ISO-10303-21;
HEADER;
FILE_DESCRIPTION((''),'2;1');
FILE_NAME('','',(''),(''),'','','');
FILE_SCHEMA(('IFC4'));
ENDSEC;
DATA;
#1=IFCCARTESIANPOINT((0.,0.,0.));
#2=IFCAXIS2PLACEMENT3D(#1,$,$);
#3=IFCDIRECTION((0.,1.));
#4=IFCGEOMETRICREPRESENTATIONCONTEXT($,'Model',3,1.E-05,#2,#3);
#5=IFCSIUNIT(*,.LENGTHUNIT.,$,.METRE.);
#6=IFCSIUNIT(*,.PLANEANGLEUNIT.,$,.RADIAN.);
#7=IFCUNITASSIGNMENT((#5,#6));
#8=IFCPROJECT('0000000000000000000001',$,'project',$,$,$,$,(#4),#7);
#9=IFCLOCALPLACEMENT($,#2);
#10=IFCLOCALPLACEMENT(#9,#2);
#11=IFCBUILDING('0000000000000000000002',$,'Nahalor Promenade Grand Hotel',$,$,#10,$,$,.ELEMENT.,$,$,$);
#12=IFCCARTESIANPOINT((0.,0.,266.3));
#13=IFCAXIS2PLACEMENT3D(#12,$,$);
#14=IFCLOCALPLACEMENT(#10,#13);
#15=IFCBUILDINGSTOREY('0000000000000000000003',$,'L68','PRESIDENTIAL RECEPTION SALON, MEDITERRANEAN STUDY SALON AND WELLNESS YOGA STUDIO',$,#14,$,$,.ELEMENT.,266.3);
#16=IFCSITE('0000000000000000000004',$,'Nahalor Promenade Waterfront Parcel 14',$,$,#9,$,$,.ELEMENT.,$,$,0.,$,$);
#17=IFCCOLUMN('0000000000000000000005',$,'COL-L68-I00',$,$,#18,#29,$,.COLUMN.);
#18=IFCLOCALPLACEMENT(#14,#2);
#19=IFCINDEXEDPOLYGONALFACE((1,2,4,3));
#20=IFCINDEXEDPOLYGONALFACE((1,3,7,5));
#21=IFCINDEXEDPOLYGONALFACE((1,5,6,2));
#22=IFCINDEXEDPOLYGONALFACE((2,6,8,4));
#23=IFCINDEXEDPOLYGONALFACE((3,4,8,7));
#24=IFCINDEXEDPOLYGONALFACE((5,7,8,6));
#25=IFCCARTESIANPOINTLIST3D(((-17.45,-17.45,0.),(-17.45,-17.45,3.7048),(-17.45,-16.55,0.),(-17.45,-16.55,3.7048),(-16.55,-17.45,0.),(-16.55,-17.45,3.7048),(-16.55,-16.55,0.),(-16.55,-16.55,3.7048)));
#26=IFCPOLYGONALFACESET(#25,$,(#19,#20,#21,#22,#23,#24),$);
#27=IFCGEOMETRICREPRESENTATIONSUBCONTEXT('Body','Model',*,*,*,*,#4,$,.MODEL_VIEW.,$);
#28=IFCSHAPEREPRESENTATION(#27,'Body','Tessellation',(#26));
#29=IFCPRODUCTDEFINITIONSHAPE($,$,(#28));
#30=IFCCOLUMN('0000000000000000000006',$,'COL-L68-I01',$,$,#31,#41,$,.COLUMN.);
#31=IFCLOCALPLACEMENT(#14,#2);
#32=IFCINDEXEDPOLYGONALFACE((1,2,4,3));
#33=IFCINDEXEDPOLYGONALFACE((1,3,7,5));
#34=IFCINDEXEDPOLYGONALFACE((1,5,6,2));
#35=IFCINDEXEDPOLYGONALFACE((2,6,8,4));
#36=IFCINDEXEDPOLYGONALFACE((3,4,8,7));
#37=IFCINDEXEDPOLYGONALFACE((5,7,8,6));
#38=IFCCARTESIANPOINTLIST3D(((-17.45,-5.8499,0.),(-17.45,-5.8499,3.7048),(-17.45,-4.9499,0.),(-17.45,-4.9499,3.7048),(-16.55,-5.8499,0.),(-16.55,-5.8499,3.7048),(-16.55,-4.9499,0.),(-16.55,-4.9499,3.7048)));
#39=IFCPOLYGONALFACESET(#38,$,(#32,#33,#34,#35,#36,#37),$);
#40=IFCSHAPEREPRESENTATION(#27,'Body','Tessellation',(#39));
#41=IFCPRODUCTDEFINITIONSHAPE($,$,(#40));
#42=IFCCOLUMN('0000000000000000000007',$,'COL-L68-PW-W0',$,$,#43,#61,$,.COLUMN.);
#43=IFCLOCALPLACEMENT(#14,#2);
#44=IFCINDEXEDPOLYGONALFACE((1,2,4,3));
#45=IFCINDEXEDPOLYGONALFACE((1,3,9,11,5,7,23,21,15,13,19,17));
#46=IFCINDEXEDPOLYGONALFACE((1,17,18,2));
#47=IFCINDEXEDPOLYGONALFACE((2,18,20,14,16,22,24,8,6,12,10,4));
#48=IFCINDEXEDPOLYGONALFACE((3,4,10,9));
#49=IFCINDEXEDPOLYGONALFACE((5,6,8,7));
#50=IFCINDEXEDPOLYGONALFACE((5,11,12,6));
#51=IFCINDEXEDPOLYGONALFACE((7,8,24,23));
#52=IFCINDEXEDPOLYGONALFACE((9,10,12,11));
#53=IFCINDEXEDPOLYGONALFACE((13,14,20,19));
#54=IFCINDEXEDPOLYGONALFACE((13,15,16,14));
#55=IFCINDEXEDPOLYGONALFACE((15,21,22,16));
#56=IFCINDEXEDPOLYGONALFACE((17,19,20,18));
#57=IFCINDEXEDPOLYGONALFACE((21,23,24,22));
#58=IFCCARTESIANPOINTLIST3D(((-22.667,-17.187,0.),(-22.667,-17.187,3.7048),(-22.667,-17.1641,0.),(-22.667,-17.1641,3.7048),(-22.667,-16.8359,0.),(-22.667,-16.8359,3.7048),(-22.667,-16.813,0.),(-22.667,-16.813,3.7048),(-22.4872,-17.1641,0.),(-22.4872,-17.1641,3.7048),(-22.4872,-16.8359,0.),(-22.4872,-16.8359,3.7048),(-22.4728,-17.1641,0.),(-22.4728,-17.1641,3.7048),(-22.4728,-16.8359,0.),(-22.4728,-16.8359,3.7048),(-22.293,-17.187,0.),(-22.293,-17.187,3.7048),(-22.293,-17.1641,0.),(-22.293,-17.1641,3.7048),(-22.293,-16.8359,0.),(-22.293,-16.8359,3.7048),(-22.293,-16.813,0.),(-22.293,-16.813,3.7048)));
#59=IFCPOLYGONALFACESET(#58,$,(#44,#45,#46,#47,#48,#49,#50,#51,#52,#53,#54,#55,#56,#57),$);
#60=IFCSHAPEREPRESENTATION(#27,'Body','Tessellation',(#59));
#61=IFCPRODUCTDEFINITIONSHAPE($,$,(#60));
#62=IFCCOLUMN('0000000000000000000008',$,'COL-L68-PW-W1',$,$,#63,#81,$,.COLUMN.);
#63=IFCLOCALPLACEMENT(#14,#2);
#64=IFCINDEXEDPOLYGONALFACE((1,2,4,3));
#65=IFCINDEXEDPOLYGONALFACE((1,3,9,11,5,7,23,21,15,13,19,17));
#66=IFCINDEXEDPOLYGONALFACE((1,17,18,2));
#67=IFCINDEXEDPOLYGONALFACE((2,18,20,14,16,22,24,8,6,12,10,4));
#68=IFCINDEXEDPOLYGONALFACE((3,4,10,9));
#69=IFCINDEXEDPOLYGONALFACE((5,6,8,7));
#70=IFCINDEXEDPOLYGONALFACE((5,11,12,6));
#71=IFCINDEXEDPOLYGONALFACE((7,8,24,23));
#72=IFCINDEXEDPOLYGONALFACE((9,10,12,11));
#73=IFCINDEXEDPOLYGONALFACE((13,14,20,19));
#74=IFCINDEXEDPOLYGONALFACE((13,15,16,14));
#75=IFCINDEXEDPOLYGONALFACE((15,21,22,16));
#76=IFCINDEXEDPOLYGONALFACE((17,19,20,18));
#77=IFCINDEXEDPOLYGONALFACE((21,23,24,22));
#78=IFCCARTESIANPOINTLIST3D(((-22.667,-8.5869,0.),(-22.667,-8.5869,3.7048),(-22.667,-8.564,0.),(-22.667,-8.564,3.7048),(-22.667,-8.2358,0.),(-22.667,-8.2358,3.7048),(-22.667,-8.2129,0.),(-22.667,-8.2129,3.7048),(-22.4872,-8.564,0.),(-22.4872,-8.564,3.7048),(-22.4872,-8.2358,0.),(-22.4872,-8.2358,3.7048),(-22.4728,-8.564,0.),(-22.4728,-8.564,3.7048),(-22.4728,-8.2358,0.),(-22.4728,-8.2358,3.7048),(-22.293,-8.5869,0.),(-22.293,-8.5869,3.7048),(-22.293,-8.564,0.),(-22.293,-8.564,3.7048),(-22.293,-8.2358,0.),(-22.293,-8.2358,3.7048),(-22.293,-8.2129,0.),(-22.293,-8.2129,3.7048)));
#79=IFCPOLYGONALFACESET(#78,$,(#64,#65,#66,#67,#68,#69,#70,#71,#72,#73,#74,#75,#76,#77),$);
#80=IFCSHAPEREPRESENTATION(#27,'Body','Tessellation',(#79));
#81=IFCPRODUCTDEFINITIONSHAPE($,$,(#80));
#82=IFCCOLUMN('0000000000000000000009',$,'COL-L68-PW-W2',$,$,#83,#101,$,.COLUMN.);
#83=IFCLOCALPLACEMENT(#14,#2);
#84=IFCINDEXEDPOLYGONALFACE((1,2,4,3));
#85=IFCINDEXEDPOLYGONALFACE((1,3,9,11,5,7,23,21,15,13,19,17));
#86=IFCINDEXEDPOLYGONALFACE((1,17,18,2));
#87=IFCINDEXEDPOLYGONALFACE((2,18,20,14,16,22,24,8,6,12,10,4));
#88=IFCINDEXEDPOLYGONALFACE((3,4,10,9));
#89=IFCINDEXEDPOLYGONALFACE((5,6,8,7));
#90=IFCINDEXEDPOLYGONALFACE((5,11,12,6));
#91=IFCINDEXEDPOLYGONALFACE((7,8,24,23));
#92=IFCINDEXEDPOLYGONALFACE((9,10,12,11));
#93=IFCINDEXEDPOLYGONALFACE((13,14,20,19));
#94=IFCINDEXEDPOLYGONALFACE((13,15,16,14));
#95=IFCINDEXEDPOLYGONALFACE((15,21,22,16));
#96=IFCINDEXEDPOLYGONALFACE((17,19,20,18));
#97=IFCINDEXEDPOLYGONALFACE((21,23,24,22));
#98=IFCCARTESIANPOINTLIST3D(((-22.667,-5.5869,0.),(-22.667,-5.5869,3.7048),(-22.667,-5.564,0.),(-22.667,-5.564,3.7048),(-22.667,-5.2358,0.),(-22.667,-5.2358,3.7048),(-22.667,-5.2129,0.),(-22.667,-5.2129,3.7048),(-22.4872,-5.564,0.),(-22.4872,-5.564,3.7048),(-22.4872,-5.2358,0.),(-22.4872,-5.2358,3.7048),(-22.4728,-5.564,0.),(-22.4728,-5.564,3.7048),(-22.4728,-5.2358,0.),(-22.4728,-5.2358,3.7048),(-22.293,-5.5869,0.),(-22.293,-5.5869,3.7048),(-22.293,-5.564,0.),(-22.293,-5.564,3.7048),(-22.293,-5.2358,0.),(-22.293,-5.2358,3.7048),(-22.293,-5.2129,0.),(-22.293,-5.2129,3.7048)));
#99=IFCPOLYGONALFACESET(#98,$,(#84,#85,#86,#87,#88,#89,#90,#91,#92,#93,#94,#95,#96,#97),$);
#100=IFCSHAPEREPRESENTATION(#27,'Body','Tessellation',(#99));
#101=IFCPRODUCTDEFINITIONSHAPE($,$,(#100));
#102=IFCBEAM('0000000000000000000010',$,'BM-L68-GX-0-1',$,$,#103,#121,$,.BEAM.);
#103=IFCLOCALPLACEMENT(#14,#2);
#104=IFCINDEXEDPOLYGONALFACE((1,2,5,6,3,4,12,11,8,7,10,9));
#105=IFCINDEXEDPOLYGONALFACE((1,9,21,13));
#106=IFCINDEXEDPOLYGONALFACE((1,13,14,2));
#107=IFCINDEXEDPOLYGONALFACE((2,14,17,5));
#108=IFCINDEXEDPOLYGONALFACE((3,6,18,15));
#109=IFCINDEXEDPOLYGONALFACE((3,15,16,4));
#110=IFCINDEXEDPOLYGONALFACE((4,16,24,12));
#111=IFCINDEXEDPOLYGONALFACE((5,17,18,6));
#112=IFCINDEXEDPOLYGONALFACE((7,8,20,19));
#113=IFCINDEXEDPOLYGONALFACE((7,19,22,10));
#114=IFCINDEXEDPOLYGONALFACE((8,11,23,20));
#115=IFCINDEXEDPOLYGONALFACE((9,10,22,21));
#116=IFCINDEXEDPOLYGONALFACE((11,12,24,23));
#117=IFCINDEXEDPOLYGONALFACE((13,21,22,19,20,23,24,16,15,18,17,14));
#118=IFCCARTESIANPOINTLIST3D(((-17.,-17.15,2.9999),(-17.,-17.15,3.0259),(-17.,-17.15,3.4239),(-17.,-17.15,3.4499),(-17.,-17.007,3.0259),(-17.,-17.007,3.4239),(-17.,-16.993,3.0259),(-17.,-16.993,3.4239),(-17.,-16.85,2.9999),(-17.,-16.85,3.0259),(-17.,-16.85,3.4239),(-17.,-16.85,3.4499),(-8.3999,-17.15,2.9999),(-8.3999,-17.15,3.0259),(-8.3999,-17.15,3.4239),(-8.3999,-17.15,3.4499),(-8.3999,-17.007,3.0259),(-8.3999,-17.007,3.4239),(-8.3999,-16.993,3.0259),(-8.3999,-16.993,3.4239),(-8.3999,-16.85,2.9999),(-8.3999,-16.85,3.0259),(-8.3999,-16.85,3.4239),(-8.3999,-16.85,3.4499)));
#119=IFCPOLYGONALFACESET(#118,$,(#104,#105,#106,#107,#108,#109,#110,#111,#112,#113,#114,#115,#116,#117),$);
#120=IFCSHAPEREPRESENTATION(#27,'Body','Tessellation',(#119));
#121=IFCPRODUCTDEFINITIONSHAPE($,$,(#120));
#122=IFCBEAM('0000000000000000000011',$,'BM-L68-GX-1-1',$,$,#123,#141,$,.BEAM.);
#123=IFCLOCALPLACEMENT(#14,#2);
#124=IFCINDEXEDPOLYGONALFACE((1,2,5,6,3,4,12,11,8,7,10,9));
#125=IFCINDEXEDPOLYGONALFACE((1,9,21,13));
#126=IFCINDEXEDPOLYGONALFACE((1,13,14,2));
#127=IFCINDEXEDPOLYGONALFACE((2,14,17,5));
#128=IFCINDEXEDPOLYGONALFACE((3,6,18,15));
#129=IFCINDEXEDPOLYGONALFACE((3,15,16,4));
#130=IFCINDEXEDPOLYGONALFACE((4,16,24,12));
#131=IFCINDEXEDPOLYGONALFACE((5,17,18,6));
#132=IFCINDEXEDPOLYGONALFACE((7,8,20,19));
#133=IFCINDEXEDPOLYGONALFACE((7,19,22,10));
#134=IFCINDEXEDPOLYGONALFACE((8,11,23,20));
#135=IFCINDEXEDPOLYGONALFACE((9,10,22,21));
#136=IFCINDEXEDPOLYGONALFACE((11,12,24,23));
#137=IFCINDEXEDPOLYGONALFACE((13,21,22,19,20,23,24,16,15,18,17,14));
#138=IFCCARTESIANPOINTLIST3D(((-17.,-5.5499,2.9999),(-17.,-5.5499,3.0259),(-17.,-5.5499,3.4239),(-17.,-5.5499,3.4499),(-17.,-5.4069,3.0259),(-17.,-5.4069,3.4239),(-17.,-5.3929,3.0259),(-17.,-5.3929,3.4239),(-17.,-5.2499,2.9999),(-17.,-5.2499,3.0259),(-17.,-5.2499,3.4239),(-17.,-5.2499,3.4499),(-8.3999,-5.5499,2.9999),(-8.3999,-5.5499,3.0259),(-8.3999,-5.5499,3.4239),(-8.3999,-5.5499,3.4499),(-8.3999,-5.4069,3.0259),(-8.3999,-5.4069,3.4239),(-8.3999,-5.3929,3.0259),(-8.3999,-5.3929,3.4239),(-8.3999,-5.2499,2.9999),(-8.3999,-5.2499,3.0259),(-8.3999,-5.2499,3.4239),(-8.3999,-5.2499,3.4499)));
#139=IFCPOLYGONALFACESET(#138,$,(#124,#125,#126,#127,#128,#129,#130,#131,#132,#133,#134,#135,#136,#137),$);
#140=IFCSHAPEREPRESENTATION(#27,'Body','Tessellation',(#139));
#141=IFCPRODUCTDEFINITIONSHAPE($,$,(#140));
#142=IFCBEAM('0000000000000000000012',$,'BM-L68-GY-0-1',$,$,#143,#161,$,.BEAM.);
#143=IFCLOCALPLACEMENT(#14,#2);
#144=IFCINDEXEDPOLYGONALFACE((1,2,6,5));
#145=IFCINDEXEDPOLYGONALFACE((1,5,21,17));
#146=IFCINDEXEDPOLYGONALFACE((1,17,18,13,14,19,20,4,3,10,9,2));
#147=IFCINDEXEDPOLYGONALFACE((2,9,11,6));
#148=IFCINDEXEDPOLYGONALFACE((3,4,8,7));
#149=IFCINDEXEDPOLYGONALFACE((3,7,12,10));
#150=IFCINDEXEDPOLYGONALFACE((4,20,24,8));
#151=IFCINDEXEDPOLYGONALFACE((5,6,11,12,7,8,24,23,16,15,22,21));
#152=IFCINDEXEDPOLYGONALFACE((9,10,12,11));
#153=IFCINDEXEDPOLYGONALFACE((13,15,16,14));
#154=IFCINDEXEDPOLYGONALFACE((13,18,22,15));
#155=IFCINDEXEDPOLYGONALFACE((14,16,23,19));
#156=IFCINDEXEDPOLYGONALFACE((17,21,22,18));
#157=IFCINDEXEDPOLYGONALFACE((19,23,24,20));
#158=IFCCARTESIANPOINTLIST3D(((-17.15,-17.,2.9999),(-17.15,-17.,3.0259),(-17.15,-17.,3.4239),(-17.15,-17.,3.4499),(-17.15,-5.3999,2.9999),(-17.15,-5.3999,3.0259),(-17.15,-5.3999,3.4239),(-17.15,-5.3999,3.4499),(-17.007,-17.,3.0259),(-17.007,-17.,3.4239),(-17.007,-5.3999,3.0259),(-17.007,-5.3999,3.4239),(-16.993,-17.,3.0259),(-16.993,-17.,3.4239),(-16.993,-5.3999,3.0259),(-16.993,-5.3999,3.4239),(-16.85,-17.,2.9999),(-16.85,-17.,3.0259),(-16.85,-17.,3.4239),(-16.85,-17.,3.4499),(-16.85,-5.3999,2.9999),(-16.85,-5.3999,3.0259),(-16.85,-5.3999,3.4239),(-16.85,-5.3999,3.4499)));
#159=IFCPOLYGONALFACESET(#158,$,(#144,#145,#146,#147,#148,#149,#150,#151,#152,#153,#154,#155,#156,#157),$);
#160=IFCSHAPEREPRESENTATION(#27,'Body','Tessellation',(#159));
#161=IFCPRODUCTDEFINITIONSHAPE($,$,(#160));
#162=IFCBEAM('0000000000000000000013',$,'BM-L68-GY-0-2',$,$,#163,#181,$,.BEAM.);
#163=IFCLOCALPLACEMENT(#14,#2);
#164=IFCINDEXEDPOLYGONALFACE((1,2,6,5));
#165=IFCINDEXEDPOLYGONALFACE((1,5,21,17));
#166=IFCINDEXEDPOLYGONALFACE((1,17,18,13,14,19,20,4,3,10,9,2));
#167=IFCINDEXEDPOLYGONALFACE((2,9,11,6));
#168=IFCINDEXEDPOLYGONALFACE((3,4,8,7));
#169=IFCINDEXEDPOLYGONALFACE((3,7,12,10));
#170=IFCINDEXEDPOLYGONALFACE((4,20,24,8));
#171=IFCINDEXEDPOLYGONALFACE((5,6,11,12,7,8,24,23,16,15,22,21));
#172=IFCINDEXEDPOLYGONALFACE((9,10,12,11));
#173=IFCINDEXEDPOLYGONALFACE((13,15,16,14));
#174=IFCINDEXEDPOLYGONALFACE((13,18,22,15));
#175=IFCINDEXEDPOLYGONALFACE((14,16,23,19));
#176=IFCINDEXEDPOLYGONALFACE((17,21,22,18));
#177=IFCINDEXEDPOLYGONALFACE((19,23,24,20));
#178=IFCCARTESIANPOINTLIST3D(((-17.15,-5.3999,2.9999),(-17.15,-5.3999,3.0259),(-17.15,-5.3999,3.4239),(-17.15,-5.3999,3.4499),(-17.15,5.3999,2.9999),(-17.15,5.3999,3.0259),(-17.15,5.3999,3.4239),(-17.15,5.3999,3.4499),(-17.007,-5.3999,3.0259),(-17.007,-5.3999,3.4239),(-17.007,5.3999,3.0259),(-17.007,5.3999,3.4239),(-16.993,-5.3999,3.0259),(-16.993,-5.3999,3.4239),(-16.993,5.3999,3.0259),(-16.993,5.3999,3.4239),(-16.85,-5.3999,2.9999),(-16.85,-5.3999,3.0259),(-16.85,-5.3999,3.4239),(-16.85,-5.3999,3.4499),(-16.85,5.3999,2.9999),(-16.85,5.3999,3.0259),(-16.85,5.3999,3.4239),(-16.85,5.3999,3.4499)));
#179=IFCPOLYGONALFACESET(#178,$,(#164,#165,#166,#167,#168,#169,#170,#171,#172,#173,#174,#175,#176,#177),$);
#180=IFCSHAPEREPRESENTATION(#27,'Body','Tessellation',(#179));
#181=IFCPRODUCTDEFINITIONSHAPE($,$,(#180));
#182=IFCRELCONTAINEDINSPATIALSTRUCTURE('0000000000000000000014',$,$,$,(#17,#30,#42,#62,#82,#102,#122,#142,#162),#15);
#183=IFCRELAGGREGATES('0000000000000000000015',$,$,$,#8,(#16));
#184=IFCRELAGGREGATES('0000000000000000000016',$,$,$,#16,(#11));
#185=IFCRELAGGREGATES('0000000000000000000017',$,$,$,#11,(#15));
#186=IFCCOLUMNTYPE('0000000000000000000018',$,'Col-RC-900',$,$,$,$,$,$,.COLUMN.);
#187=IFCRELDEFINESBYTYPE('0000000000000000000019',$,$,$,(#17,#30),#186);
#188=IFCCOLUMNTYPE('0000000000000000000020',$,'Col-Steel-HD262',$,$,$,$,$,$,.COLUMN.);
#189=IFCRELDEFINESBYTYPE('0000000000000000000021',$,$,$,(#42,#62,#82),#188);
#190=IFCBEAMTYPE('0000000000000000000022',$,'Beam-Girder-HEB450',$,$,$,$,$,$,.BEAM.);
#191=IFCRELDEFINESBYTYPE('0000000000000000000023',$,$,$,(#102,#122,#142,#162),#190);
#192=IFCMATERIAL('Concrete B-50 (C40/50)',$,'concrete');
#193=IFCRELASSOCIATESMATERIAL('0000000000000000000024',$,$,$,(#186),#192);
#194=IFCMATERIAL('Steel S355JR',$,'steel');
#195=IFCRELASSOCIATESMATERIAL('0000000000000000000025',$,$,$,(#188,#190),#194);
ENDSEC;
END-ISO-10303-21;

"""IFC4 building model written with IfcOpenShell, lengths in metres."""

from ifc_helpers import new_model, si_unit, direction, frame, origin, origin_2d, place, context, subcontext, project, spatial, rectangle, i_section, extrude, source, transform, mapped, material, material_profile, profile_set, type_object, element, save


model = new_model("IFC4")

# Units and contexts
model_context = context("Model", 3, precision=1e-05, world=origin(), true_north=direction((0.0, 1.0)))
body_context = subcontext(model_context, "Body", "Model", "MODEL_VIEW")
ifc_project = project(units=[si_unit("LENGTHUNIT", "METRE"), si_unit("PLANEANGLEUNIT", "RADIAN")], contexts=[model_context])

# Site, building, storey
site_placement = place(None, origin())
site = spatial("IfcSite", under=ifc_project, at=site_placement, Name="Nahalor Promenade Waterfront Parcel 14", CompositionType="ELEMENT", RefElevation=0.0)
building_placement = place(site_placement, origin())
building = spatial("IfcBuilding", under=site, at=building_placement, Name="Nahalor Promenade Grand Hotel", CompositionType="ELEMENT")
storey_placement = place(building_placement, frame((0.0, 0.0, 266.3)))
storey = spatial("IfcBuildingStorey", under=building, at=storey_placement, Name="L68", Description="PRESIDENTIAL RECEPTION SALON, MEDITERRANEAN STUDY SALON AND WELLNESS YOGA STUDIO", CompositionType="ELEMENT", Elevation=266.3)

# Columns
ifc_material_1 = material(Name="Concrete B-50 (C40/50)", Category="concrete")
ifc_material_profile_1 = material_profile(ifc_material_1, rectangle(XDim=0.9, YDim=0.9, at=origin_2d()), Name="RC 900x900")
ifc_profile_set_1 = profile_set([ifc_material_profile_1], Name="Concrete B-50 (C40/50)")
column_type_1 = type_object("IfcColumnType", Name="Col-RC-900", PredefinedType="COLUMN", material=ifc_profile_set_1)
shared_shape_1 = source(origin(), body_context, "Body", "SweptSolid", [
    extrude(rectangle(XDim=0.9, YDim=0.9, at=origin_2d()), origin(), (0.0, 0.0, 1.0), 3.7048),
])
for number, where, z_axis, x_axis, name in (
    (1, (-17.0, -17.0, 0.0), (0.0, 0.0, 1.0), (1.0, 0.0, 0.0), "COL-L68-I00"),
    (2, (-17.0, -5.3999, 0.0), (0.0, 0.0, 1.0), (1.0, 0.0, 0.0), "COL-L68-I01"),
):
    element("IfcColumn", number, at=place(storey_placement, frame(where, z_axis=z_axis, x_axis=x_axis)), inside=storey, type_object=column_type_1, Name=name, PredefinedType="COLUMN", context=body_context, shape_type="MappedRepresentation", body=[
        mapped(shared_shape_1, transform((0.0, 0.0, 0.0), scale=1.0)),
    ])
ifc_material_2 = material(Name="Steel S355JR", Category="steel")
ifc_material_profile_2 = material_profile(ifc_material_2, i_section(OverallWidth=0.374, OverallDepth=0.374, WebThickness=0.0144, FlangeThickness=0.0229, at=origin_2d()), Name="HD 360x262")
ifc_profile_set_2 = profile_set([ifc_material_profile_2], Name="Steel S355JR")
column_type_2 = type_object("IfcColumnType", Name="Col-Steel-HD262", PredefinedType="COLUMN", material=ifc_profile_set_2)
shared_shape_2 = source(origin(), body_context, "Body", "SweptSolid", [
    extrude(i_section(OverallWidth=0.374, OverallDepth=0.374, WebThickness=0.0144, FlangeThickness=0.0229, at=origin_2d()), origin(), (0.0, 0.0, 1.0), 3.7048),
])
for number, where, z_axis, x_axis, name in (
    (3, (-22.48, -17.0, 0.0), (0.0, 0.0, 1.0), (1.0, 0.0, 0.0), "COL-L68-PW-W0"),
    (4, (-22.48, -8.3999, 0.0), (0.0, 0.0, 1.0), (1.0, 0.0, 0.0), "COL-L68-PW-W1"),
    (5, (-22.48, -5.3999, 0.0), (0.0, 0.0, 1.0), (1.0, 0.0, 0.0), "COL-L68-PW-W2"),
):
    element("IfcColumn", number, at=place(storey_placement, frame(where, z_axis=z_axis, x_axis=x_axis)), inside=storey, type_object=column_type_2, Name=name, PredefinedType="COLUMN", context=body_context, shape_type="MappedRepresentation", body=[
        mapped(shared_shape_2, transform((0.0, 0.0, 0.0), scale=1.0)),
    ])

# Beams
ifc_material_profile_3 = material_profile(ifc_material_2, i_section(OverallWidth=0.3, OverallDepth=0.45, WebThickness=0.014, FlangeThickness=0.026, at=origin_2d()), Name="HEB 450")
ifc_profile_set_3 = profile_set([ifc_material_profile_3], Name="Steel S355JR")
beam_type_1 = type_object("IfcBeamType", Name="Beam-Girder-HEB450", PredefinedType="BEAM", material=ifc_profile_set_3)
shared_shape_3 = source(origin(), body_context, "Body", "SweptSolid", [
    extrude(i_section(OverallWidth=0.3, OverallDepth=0.45, WebThickness=0.014, FlangeThickness=0.026, at=origin_2d()), origin(), (0.0, 0.0, 1.0), 8.6001),
])
for number, where, z_axis, x_axis, name in (
    (6, (-17.0, -17.0, 3.2249), (1.0, 0.0, 0.0), (0.0, 1.0, 0.0), "BM-L68-GX-0-1"),
    (7, (-17.0, -5.3999, 3.2249), (1.0, 0.0, 0.0), (0.0, 1.0, 0.0), "BM-L68-GX-1-1"),
):
    element("IfcBeam", number, at=place(storey_placement, frame(where, z_axis=z_axis, x_axis=x_axis)), inside=storey, type_object=beam_type_1, Name=name, PredefinedType="BEAM", context=body_context, shape_type="MappedRepresentation", body=[
        mapped(shared_shape_3, transform((0.0, 0.0, 0.0), scale=1.0)),
    ])
shared_shape_4 = source(origin(), body_context, "Body", "SweptSolid", [
    extrude(i_section(OverallWidth=0.3, OverallDepth=0.45, WebThickness=0.014, FlangeThickness=0.026, at=origin_2d()), origin(), (0.0, 0.0, 1.0), 11.6001),
])
beam_1_placement = place(storey_placement, frame((-17.0, -17.0, 3.2249), z_axis=(0.0, 1.0, 0.0), x_axis=(-1.0, 0.0, 0.0)))
element("IfcBeam", 8, at=beam_1_placement, inside=storey, type_object=beam_type_1, Name="BM-L68-GY-0-1", PredefinedType="BEAM", context=body_context, shape_type="MappedRepresentation", body=[
    mapped(shared_shape_4, transform((0.0, 0.0, 0.0), scale=1.0)),
])
shared_shape_5 = source(origin(), body_context, "Body", "SweptSolid", [
    extrude(i_section(OverallWidth=0.3, OverallDepth=0.45, WebThickness=0.014, FlangeThickness=0.026, at=origin_2d()), origin(), (0.0, 0.0, 1.0), 10.7998),
])
beam_2_placement = place(storey_placement, frame((-17.0, -5.3999, 3.2249), z_axis=(0.0, 1.0, 0.0), x_axis=(-1.0, 0.0, 0.0)))
element("IfcBeam", 9, at=beam_2_placement, inside=storey, type_object=beam_type_1, Name="BM-L68-GY-0-2", PredefinedType="BEAM", context=body_context, shape_type="MappedRepresentation", body=[
    mapped(shared_shape_5, transform((0.0, 0.0, 0.0), scale=1.0)),
])

save(model, "model.ifc")
